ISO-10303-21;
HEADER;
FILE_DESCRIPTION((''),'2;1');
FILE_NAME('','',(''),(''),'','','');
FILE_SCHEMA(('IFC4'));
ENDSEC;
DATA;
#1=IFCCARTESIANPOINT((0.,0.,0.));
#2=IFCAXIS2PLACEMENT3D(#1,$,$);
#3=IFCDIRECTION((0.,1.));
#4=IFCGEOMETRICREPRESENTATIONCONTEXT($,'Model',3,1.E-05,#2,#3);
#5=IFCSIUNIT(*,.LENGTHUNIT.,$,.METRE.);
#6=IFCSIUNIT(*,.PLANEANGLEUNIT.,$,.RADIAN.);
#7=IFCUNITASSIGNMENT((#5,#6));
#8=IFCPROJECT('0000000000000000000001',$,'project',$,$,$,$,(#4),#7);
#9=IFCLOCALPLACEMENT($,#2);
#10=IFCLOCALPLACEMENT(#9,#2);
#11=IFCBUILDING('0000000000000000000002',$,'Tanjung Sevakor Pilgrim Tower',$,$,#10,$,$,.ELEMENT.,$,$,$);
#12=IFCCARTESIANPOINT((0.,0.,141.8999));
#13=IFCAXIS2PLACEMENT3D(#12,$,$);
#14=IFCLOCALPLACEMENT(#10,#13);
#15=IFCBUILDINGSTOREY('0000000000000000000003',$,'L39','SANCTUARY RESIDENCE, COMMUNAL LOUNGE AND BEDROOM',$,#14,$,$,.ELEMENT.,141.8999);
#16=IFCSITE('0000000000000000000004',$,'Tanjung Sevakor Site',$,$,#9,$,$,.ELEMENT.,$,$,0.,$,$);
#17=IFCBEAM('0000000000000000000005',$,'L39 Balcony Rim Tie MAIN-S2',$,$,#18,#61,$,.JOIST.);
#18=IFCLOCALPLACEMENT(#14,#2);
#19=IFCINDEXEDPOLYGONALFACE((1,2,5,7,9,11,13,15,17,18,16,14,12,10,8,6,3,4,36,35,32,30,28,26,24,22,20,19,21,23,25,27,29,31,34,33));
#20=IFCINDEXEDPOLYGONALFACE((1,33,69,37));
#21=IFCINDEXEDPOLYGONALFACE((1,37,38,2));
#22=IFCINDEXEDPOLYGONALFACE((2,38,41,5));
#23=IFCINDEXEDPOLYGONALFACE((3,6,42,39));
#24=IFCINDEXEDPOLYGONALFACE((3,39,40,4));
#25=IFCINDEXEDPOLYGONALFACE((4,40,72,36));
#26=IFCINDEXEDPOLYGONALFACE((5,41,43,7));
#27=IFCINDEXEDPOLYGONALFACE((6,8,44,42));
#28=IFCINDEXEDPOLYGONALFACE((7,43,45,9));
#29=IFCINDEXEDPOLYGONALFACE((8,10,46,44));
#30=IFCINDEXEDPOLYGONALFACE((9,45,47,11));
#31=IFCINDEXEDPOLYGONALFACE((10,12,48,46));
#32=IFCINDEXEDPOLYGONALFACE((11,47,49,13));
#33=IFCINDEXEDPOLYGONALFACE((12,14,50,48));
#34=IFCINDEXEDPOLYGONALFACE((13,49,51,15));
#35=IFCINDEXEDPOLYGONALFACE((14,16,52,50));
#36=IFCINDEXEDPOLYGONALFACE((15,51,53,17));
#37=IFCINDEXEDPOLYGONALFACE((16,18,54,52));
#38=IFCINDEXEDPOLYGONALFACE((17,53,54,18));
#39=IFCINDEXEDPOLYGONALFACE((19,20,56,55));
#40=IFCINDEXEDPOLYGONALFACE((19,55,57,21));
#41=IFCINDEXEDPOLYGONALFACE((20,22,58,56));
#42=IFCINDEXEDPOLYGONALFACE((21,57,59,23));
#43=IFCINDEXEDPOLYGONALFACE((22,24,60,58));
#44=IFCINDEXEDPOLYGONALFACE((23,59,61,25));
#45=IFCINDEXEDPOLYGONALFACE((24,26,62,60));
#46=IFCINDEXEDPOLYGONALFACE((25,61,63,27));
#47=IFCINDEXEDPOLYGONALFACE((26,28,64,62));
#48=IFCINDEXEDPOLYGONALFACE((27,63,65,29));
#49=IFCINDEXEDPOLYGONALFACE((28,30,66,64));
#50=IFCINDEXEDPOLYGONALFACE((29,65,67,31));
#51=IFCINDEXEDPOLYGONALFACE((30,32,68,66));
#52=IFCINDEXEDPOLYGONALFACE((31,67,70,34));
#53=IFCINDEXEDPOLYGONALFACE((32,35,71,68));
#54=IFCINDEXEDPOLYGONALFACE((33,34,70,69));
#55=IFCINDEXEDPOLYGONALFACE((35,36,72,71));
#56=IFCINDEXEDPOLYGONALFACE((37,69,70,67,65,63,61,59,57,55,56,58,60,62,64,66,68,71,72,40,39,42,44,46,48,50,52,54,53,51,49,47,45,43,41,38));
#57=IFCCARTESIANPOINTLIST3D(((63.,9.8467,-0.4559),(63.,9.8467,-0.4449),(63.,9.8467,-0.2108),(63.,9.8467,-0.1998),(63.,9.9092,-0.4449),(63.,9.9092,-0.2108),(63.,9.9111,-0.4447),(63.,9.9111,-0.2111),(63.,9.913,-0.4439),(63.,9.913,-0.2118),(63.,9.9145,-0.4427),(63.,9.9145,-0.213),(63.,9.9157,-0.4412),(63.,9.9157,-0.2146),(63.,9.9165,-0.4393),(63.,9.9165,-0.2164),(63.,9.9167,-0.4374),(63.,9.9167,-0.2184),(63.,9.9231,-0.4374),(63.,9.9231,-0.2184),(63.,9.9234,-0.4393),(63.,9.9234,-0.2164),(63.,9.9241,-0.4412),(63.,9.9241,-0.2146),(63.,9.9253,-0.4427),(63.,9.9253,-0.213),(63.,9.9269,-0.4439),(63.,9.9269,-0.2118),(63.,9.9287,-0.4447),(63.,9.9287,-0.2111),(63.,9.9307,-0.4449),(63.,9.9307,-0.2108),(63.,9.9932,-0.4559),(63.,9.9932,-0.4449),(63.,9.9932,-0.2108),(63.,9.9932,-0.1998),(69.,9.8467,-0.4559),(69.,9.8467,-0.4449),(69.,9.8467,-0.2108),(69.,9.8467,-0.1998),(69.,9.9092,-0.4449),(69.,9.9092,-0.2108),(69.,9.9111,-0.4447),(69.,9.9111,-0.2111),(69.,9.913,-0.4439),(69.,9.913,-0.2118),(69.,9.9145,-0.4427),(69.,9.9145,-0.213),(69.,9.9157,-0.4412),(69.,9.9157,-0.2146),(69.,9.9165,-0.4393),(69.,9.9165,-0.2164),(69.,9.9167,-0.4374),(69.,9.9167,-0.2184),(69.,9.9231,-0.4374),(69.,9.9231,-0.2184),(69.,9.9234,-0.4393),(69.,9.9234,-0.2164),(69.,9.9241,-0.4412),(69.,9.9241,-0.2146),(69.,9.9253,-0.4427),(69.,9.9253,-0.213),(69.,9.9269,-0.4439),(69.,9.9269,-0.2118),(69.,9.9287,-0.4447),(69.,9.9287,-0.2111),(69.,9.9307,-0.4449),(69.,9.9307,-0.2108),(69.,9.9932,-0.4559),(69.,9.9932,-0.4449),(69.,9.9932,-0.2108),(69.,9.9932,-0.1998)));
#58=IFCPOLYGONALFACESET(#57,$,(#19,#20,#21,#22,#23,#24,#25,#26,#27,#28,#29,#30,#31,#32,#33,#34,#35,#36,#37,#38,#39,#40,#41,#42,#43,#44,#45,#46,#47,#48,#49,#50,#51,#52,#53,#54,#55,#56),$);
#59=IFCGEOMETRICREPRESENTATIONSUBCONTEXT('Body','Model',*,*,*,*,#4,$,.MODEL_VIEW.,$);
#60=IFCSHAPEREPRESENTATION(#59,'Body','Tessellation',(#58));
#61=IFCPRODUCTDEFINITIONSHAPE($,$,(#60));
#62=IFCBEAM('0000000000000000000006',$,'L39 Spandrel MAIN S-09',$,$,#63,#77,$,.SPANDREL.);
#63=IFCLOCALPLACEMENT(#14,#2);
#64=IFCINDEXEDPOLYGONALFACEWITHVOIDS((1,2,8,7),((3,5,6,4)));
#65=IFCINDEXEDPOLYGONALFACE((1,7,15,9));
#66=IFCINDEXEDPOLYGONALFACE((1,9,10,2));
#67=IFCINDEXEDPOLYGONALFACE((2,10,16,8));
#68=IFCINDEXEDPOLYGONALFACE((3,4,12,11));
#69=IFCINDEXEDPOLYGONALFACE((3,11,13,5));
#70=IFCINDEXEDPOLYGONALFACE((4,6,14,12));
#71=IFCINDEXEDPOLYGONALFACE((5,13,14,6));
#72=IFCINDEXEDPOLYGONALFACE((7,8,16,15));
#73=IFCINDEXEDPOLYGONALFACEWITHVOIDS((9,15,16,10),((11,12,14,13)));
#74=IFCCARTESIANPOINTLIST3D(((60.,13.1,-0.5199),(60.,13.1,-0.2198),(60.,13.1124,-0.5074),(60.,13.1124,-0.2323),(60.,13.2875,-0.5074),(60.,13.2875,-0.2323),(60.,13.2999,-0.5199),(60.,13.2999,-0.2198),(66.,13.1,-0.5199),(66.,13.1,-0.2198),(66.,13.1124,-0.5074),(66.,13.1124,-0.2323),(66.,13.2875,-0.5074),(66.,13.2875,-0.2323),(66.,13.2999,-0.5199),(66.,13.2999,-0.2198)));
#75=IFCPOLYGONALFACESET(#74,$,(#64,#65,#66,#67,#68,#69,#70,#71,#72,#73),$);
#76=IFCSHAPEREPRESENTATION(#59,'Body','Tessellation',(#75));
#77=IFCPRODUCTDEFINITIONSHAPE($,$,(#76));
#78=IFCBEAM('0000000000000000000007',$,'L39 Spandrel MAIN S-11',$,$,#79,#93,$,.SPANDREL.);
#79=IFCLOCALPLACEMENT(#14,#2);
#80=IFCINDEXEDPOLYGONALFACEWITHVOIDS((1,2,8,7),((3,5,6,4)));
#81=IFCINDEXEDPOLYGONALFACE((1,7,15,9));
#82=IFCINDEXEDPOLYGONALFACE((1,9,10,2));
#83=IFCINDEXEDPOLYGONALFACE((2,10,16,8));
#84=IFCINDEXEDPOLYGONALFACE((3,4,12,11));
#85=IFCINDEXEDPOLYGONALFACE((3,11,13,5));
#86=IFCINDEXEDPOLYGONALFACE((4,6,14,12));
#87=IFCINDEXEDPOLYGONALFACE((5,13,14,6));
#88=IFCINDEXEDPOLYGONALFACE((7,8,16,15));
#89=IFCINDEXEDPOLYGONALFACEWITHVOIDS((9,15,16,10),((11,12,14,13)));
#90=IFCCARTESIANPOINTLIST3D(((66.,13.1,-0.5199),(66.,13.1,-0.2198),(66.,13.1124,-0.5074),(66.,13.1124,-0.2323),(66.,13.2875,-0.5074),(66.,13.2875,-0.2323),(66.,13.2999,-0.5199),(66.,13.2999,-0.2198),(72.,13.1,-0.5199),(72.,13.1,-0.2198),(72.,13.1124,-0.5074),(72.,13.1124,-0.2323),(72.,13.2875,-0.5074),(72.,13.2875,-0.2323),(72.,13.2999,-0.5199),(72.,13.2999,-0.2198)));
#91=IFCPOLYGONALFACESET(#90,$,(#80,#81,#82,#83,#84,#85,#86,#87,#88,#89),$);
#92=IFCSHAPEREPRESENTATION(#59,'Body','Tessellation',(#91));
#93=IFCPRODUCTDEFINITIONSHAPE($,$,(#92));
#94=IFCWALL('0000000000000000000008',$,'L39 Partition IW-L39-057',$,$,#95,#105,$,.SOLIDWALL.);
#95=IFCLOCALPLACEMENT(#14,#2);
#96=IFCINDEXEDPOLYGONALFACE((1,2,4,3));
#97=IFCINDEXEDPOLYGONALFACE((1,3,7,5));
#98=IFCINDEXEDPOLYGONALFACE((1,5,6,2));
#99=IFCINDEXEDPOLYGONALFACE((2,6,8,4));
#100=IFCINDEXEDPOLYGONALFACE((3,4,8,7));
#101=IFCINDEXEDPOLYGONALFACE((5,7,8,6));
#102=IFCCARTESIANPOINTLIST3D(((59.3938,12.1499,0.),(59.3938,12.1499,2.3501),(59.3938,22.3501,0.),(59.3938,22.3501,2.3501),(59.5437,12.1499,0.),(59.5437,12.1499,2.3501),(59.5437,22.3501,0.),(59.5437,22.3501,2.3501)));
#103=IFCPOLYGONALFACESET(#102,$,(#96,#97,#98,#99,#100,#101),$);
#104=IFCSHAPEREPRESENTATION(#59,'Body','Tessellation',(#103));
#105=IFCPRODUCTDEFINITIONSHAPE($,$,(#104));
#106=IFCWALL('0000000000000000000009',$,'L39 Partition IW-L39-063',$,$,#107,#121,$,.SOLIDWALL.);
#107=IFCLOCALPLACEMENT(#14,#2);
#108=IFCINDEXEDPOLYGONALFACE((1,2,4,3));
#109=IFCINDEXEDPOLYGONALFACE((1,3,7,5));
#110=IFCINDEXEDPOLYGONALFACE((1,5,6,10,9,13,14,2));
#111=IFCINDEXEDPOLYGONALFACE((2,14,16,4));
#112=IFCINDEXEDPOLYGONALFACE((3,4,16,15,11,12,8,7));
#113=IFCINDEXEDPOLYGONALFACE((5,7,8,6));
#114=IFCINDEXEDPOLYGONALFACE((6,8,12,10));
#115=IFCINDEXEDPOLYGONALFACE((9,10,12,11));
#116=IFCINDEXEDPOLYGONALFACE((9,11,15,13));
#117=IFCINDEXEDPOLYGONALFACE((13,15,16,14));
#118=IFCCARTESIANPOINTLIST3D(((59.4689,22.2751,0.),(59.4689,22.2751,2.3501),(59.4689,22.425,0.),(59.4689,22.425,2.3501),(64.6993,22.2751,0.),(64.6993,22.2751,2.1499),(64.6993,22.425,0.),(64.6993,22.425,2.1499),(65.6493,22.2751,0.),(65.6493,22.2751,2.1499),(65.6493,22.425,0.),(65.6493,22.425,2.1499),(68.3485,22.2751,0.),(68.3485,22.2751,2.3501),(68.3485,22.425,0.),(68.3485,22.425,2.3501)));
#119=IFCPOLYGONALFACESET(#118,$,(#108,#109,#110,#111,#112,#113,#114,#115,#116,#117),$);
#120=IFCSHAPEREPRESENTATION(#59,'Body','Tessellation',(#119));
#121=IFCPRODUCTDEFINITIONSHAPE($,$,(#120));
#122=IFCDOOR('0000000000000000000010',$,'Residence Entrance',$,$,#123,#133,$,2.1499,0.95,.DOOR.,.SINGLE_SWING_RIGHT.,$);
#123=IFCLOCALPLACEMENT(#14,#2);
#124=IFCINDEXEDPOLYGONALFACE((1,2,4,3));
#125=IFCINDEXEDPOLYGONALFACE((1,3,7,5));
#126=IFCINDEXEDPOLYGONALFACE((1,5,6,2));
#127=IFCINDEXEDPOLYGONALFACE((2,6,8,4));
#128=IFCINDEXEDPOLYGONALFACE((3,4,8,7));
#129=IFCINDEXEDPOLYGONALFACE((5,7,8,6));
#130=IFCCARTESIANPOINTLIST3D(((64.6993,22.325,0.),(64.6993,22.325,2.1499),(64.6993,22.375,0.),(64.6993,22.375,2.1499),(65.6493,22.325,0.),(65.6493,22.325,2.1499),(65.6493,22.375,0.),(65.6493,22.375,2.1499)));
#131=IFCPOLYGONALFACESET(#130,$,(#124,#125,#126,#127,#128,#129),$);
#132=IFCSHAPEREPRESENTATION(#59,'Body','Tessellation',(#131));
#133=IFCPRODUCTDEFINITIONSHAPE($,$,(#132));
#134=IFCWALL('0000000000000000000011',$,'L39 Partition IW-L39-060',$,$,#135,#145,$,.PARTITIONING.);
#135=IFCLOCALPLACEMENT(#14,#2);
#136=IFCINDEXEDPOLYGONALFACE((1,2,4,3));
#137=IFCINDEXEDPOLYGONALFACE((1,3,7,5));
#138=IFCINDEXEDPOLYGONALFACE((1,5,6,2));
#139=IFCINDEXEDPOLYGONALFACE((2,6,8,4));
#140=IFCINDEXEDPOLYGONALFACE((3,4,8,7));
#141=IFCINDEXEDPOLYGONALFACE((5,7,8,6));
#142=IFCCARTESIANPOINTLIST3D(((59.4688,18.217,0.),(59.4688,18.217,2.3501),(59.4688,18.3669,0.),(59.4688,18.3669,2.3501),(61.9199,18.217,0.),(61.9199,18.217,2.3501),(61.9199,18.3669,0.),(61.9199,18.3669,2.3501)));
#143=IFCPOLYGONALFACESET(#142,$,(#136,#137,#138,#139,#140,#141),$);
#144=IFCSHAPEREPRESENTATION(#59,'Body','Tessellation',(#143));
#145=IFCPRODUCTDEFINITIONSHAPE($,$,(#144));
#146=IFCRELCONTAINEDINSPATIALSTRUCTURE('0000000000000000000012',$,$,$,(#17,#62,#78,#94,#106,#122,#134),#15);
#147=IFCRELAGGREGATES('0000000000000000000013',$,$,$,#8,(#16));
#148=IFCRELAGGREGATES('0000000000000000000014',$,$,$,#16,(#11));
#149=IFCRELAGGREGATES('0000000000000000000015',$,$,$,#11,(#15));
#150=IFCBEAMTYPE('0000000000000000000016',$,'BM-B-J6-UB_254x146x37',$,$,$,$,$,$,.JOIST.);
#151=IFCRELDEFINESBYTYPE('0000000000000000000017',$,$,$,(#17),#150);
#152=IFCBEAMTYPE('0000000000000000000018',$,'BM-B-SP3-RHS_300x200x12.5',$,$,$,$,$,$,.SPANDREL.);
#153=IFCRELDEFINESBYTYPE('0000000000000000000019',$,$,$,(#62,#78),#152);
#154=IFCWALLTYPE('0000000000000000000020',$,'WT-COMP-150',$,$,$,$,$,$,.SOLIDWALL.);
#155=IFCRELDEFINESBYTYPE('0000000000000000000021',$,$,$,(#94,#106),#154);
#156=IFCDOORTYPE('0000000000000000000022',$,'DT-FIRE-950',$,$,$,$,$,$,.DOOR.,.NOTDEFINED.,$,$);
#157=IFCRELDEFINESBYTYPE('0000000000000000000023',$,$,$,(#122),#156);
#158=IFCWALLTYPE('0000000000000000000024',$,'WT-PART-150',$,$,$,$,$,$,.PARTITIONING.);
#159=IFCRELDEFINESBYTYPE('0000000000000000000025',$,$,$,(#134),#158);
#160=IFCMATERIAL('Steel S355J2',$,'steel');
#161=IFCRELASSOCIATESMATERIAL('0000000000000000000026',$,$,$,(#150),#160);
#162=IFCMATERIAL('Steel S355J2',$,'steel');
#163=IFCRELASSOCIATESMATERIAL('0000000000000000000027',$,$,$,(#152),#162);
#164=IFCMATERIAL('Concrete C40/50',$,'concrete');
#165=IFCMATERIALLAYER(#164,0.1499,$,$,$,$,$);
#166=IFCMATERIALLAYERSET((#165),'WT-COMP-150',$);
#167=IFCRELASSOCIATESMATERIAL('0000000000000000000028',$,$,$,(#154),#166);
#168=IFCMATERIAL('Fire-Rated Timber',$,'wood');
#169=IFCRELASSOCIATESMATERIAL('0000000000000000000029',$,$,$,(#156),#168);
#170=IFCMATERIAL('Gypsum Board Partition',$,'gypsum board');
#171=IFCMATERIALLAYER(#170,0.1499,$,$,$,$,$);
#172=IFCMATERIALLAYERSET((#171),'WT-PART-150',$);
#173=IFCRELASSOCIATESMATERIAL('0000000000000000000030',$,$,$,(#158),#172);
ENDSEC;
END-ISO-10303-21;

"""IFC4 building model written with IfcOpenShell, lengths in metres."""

from ifc_helpers import new_model, si_unit, direction, frame, frame_2d, origin, origin_2d, place, context, subcontext, project, spatial, rectangle, hollow_rectangle, i_section, extrude, material, layer, layer_set, material_profile, profile_set, type_object, element, fill, save


model = new_model("IFC4")

# Units and contexts
model_context = context("Model", 3, precision=1e-05, world=origin(), true_north=direction((0.0, 1.0)))
body_context = subcontext(model_context, "Body", "Model", "MODEL_VIEW")
ifc_project = project(units=[si_unit("LENGTHUNIT", "METRE"), si_unit("PLANEANGLEUNIT", "RADIAN")], contexts=[model_context])

# Site, building, storey
site_placement = place(None, origin())
site = spatial("IfcSite", under=ifc_project, at=site_placement, Name="Tanjung Sevakor Site", CompositionType="ELEMENT", RefElevation=0.0)
building_placement = place(site_placement, origin())
building = spatial("IfcBuilding", under=site, at=building_placement, Name="Tanjung Sevakor Pilgrim Tower", CompositionType="ELEMENT")
storey_placement = place(building_placement, frame((0.0, 0.0, 141.8999)))
storey = spatial("IfcBuildingStorey", under=building, at=storey_placement, Name="L39", Description="SANCTUARY RESIDENCE, COMMUNAL LOUNGE AND BEDROOM", CompositionType="ELEMENT", Elevation=141.8999)

# Beams
ifc_material_1 = material(Name="Steel S355J2", Category="steel")
ifc_material_profile_1 = material_profile(ifc_material_1, i_section(OverallWidth=0.1465, OverallDepth=0.2561, WebThickness=0.0063, FlangeThickness=0.011, FilletRadius=0.0076, at=origin_2d()))
ifc_profile_set_1 = profile_set([ifc_material_profile_1], Name="Steel S355J2")
beam_type_1 = type_object("IfcBeamType", Name="BM-B-J6-UB_254x146x37", PredefinedType="JOIST", material=ifc_profile_set_1)
beam_1_placement = place(storey_placement, frame((63.0, 9.9199, -0.3279), z_axis=(1.0, 0.0, 0.0), x_axis=(0.0, 1.0, 0.0)))
element("IfcBeam", 1, at=beam_1_placement, inside=storey, type_object=beam_type_1, Name="L39 Balcony Rim Tie MAIN-S2", PredefinedType="JOIST", context=body_context, shape_type="SweptSolid", body=[
    extrude(i_section(OverallWidth=0.1465, OverallDepth=0.2561, WebThickness=0.0063, FlangeThickness=0.011, FilletRadius=0.0076, at=origin_2d()), origin(), (0.0, 0.0, 1.0), 6.0),
])
ifc_material_2 = material(Name="Steel S355J2", Category="steel")
ifc_material_profile_2 = material_profile(ifc_material_2, hollow_rectangle(XDim=0.2, YDim=0.3, WallThickness=0.0125, at=origin_2d()))
ifc_profile_set_2 = profile_set([ifc_material_profile_2], Name="Steel S355J2")
beam_type_2 = type_object("IfcBeamType", Name="BM-B-SP3-RHS_300x200x12.5", PredefinedType="SPANDREL", material=ifc_profile_set_2)
for number, where, z_axis, x_axis, name in (
    (2, (60.0, 13.2, -0.3699), (1.0, 0.0, 0.0), (0.0, 1.0, 0.0), "L39 Spandrel MAIN S-09"),
    (3, (66.0, 13.2, -0.3699), (1.0, 0.0, 0.0), (0.0, 1.0, 0.0), "L39 Spandrel MAIN S-11"),
):
    element("IfcBeam", number, at=place(storey_placement, frame(where, z_axis=z_axis, x_axis=x_axis)), inside=storey, type_object=beam_type_2, Name=name, PredefinedType="SPANDREL", context=body_context, shape_type="SweptSolid", body=[
        extrude(hollow_rectangle(XDim=0.2, YDim=0.3, WallThickness=0.0125, at=origin_2d()), origin(), (0.0, 0.0, 1.0), 6.0),
    ])

# Wall
ifc_material_3 = material(Name="Concrete C40/50", Category="concrete")
ifc_layer_1 = layer(ifc_material_3, 0.1499)
ifc_layer_set_1 = layer_set([ifc_layer_1], Name="WT-COMP-150")
wall_type_1 = type_object("IfcWallType", Name="WT-COMP-150", PredefinedType="SOLIDWALL", material=ifc_layer_set_1)
wall_1_placement = place(storey_placement, frame((59.4688, 12.1499, 0.0), z_axis=(0.0, 0.0, 1.0), x_axis=(0.0, 1.0, 0.0)))
element("IfcWall", 4, at=wall_1_placement, inside=storey, type_object=wall_type_1, Name="L39 Partition IW-L39-057", PredefinedType="SOLIDWALL", context=body_context, shape_type="SweptSolid", body=[
    extrude(rectangle(XDim=10.2002, YDim=0.1499, at=frame_2d((5.1001, 0.0))), origin(), (0.0, 0.0, 1.0), 2.3501),
])

# Wall, opening, door
wall_2_placement = place(storey_placement, frame((59.4688, 22.3501, 0.0), z_axis=(0.0, 0.0, 1.0), x_axis=(1.0, 0.0, 0.0)))
wall_2 = element("IfcWall", 5, at=wall_2_placement, inside=storey, type_object=wall_type_1, Name="L39 Partition IW-L39-063", PredefinedType="SOLIDWALL", context=body_context, shape_type="SweptSolid", body=[
    extrude(rectangle(XDim=8.8796, YDim=0.1499, at=frame_2d((4.4399, 0.0))), origin(), (0.0, 0.0, 1.0), 2.3501),
])
opening_1_placement = place(wall_2_placement, frame((5.2305, 0.0, 0.0)))
opening_1 = element("IfcOpeningElement", 6, at=opening_1_placement, cuts=wall_2, PredefinedType="OPENING", context=body_context, shape_type="SweptSolid", body=[
    extrude(rectangle(XDim=0.95, YDim=2.1499, at=frame_2d((0.4751, 1.075))), frame((0.0, 0.085, 0.0), z_axis=(0.0, -1.0, 0.0), x_axis=(1.0, 0.0, 0.0)), (0.0, 0.0, 1.0), 0.1699),
])
ifc_material_4 = material(Name="Fire-Rated Timber", Category="wood")
door_type_1 = type_object("IfcDoorType", Name="DT-FIRE-950", OperationType="NOTDEFINED", PredefinedType="DOOR", material=ifc_material_4)
door_1_placement = place(opening_1_placement, origin())
door_1 = element("IfcDoor", 7, at=door_1_placement, inside=storey, type_object=door_type_1, Name="Residence Entrance", OperationType="SINGLE_SWING_RIGHT", OverallHeight=2.1499, OverallWidth=0.95, PredefinedType="DOOR", context=body_context, shape_type="SweptSolid", body=[
    extrude(rectangle(XDim=0.95, YDim=2.1499, at=frame_2d((0.4751, 1.075))), frame((0.0, 0.0249, 0.0), z_axis=(0.0, -1.0, 0.0), x_axis=(1.0, 0.0, 0.0)), (0.0, 0.0, 1.0), 0.05),
])
fill(opening_1, door_1)

# Wall
ifc_material_5 = material(Name="Gypsum Board Partition", Category="gypsum board")
ifc_layer_2 = layer(ifc_material_5, 0.1499)
ifc_layer_set_2 = layer_set([ifc_layer_2], Name="WT-PART-150")
wall_type_2 = type_object("IfcWallType", Name="WT-PART-150", PredefinedType="PARTITIONING", material=ifc_layer_set_2)
wall_3_placement = place(storey_placement, frame((59.4688, 18.292, 0.0), z_axis=(0.0, 0.0, 1.0), x_axis=(1.0, 0.0, 0.0)))
element("IfcWall", 8, at=wall_3_placement, inside=storey, type_object=wall_type_2, Name="L39 Partition IW-L39-060", PredefinedType="PARTITIONING", context=body_context, shape_type="SweptSolid", body=[
    extrude(rectangle(XDim=2.4512, YDim=0.1499, at=frame_2d((1.2256, 0.0))), origin(), (0.0, 0.0, 1.0), 2.3501),
])

save(model, "model.ifc")
